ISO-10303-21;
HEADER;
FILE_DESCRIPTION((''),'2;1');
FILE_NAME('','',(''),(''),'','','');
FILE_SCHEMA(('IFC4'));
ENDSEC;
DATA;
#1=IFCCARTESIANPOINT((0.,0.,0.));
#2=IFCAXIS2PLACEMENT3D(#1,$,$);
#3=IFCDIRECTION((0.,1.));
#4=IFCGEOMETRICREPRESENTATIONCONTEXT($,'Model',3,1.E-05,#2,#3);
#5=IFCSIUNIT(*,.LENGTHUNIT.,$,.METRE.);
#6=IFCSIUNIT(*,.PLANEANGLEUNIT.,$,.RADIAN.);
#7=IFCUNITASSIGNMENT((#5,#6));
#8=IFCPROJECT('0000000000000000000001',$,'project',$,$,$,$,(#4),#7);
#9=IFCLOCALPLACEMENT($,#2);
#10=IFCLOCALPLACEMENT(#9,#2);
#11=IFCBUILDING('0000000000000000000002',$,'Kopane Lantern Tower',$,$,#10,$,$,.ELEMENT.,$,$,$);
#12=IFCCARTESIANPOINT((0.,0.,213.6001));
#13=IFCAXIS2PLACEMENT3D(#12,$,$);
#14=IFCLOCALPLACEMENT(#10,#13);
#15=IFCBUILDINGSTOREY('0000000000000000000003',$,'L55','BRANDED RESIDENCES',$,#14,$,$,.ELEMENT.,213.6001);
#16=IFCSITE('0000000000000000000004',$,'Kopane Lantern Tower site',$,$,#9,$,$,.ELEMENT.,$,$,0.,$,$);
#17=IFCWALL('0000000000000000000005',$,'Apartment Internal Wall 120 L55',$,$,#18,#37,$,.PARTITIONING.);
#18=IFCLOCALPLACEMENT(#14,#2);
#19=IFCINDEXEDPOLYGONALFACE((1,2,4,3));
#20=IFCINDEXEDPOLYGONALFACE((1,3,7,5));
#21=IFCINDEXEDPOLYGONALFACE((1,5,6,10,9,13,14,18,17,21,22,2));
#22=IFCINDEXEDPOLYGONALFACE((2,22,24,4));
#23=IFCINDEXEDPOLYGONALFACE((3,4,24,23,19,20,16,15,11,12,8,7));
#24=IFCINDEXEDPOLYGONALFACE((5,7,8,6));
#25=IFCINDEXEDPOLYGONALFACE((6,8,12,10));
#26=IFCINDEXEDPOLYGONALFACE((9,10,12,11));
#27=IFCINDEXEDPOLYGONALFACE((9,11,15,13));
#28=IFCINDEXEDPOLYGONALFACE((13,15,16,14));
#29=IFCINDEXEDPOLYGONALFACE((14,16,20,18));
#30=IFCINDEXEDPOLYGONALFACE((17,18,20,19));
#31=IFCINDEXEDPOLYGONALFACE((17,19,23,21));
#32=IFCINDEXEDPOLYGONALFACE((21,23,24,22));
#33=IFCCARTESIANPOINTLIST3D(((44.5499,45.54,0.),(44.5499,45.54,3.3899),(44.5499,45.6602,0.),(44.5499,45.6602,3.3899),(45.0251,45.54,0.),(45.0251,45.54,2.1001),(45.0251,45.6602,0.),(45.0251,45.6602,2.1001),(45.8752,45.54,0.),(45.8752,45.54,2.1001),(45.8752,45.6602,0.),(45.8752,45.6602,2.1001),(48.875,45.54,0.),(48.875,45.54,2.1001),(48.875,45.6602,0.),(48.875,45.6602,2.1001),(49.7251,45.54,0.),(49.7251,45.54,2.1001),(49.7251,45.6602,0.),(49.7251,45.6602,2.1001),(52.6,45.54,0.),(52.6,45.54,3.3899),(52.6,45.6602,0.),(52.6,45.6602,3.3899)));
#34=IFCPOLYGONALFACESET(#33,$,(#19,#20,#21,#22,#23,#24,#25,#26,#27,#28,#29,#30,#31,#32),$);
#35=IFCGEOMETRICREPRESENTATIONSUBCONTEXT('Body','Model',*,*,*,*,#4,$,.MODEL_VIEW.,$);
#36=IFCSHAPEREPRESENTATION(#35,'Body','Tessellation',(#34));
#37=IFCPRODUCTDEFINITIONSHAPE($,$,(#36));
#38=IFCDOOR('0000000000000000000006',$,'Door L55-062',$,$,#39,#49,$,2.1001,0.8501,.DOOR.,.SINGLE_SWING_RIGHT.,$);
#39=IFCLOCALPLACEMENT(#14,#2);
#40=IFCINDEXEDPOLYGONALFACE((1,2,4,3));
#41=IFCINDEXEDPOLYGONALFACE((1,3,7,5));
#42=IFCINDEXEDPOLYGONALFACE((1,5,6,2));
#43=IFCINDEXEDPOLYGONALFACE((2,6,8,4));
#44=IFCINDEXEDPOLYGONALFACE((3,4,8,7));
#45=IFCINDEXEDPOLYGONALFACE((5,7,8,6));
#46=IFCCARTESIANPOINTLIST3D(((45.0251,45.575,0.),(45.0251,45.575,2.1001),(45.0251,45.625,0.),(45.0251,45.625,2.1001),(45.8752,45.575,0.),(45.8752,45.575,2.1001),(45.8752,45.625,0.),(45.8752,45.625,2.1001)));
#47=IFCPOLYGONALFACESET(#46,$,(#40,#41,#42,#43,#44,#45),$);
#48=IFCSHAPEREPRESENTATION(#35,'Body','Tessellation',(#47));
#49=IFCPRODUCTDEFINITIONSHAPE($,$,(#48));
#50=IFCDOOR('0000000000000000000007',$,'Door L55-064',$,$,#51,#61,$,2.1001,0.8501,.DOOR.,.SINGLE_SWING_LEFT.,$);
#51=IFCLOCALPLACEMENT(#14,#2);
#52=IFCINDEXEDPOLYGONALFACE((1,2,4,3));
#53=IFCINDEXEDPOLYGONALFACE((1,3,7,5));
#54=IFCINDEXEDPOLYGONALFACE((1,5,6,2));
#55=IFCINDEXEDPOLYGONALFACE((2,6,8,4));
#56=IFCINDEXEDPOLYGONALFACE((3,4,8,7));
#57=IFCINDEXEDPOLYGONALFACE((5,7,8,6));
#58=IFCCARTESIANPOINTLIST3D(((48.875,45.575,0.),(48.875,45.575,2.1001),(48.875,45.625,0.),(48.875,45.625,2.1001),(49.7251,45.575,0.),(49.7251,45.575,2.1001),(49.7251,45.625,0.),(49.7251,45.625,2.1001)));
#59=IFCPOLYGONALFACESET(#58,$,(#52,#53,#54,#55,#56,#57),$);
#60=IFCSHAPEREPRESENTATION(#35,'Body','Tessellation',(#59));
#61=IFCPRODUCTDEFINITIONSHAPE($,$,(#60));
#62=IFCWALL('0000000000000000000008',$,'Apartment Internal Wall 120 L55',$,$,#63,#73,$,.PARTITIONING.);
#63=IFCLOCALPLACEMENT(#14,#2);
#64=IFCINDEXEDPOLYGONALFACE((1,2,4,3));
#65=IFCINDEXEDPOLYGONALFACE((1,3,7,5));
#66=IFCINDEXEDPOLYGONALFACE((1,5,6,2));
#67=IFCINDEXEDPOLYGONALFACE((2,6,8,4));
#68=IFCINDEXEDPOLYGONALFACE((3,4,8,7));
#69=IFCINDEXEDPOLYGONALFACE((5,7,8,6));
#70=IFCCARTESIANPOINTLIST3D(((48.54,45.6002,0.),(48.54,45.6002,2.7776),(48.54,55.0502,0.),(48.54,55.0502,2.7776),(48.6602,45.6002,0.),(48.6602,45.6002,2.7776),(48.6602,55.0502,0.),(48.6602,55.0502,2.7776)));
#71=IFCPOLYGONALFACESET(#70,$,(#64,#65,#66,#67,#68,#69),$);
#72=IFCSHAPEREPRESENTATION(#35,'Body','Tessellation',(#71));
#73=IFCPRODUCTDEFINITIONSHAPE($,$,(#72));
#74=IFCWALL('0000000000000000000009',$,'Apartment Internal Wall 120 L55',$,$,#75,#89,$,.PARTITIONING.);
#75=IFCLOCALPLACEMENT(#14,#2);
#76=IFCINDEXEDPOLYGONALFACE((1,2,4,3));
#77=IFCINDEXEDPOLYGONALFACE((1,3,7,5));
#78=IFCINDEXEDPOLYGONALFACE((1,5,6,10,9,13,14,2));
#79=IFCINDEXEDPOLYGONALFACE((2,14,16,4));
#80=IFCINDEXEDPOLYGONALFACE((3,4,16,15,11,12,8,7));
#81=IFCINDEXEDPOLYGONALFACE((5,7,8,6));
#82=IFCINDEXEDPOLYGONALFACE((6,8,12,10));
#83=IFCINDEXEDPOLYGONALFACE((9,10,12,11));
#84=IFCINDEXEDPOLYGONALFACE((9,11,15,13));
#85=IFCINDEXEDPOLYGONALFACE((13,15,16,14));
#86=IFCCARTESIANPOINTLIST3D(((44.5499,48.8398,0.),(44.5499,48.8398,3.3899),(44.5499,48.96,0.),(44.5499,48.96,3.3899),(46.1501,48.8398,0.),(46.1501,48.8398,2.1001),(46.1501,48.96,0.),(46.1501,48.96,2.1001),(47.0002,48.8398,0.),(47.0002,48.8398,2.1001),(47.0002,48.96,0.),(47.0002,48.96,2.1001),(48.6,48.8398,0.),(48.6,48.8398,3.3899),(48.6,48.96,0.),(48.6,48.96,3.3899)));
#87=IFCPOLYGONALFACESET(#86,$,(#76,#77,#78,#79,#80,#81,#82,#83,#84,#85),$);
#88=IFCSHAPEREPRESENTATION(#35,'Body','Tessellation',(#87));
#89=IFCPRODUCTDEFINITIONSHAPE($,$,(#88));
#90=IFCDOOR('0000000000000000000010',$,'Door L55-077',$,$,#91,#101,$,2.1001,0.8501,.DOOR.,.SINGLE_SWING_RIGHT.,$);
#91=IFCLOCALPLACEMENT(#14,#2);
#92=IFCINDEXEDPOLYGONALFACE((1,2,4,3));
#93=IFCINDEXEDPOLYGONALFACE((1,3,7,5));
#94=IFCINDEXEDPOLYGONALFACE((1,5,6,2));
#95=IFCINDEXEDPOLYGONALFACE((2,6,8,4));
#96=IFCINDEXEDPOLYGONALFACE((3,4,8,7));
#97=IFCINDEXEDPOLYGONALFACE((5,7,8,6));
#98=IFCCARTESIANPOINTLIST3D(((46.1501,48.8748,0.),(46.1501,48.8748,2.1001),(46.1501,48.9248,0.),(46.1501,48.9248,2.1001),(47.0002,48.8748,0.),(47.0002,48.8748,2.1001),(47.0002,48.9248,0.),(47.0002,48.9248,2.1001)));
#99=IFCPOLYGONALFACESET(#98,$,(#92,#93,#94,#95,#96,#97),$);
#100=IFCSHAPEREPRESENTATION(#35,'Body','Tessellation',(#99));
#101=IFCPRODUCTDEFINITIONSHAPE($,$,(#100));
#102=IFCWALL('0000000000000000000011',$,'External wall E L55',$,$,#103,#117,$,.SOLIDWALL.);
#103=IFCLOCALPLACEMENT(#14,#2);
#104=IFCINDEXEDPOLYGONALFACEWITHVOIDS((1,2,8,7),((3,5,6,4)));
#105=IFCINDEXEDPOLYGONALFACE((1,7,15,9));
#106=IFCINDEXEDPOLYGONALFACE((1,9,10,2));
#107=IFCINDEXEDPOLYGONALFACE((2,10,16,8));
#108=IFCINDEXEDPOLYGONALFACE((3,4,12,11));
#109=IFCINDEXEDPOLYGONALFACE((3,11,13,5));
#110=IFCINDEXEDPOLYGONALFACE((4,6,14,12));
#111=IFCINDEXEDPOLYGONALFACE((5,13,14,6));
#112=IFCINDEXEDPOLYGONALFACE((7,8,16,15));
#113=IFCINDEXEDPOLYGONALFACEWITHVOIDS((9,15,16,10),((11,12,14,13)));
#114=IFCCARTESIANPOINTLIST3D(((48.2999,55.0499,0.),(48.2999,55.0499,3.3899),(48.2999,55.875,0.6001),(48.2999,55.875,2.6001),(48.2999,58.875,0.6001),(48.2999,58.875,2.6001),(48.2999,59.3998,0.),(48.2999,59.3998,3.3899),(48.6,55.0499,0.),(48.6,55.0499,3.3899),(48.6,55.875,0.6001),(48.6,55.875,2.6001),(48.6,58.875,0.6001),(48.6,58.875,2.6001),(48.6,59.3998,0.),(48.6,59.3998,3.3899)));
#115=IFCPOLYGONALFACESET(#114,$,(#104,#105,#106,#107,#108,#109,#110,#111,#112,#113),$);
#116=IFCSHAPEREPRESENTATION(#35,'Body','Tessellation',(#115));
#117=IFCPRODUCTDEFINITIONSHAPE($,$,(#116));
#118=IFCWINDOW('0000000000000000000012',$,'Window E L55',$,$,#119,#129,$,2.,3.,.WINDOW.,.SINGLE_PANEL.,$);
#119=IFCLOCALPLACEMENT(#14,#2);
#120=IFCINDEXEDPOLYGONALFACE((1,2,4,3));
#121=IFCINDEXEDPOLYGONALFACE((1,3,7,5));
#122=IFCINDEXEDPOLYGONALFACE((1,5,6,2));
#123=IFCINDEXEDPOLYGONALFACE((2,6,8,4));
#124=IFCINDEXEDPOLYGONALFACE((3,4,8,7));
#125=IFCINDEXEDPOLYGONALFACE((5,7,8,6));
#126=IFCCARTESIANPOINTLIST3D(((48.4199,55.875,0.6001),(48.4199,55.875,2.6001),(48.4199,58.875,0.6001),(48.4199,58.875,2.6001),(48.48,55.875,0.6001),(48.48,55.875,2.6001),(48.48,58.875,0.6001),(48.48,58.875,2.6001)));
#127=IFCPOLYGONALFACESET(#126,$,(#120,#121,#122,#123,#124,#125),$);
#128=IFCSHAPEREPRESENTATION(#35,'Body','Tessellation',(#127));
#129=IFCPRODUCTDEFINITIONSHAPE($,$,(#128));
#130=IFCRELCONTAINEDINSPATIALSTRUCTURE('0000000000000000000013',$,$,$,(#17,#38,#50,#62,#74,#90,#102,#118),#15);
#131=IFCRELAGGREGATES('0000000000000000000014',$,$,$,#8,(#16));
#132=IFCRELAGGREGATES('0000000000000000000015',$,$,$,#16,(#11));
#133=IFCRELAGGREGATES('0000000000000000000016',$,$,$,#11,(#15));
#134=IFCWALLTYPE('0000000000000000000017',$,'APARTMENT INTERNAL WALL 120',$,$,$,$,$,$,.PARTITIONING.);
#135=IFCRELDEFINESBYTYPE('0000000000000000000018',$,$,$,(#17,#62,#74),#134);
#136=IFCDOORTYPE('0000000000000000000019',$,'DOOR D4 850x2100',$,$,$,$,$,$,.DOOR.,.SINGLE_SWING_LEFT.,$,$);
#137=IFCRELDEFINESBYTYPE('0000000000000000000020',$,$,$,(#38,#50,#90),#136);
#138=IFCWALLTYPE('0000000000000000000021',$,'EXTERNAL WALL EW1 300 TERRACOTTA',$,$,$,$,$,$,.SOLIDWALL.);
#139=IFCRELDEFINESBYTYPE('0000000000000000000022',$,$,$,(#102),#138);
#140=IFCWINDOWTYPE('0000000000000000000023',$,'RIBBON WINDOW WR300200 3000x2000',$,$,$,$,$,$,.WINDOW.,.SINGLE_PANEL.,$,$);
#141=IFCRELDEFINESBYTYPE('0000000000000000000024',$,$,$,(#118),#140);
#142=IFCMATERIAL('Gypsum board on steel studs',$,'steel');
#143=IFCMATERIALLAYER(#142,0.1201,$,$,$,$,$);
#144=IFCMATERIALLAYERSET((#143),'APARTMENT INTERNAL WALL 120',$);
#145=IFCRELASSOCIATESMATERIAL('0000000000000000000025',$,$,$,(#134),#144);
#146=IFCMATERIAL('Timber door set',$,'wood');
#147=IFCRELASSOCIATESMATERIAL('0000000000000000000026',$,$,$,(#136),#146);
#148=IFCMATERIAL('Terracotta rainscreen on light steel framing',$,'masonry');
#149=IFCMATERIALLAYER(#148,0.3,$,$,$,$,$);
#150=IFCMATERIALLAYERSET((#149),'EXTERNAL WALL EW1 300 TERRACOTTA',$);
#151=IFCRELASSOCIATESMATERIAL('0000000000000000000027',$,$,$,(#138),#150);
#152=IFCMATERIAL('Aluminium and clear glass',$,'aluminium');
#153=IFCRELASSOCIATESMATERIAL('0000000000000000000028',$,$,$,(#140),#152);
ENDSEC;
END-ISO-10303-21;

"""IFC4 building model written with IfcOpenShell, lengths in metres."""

from ifc_helpers import new_model, si_unit, direction, frame, frame_2d, origin, place, context, subcontext, project, spatial, rectangle, extrude, material, layer, layer_set, type_object, element, fill, save


model = new_model("IFC4")

# Units and contexts
model_context = context("Model", 3, precision=1e-05, world=origin(), true_north=direction((0.0, 1.0)))
body_context = subcontext(model_context, "Body", "Model", "MODEL_VIEW")
ifc_project = project(units=[si_unit("LENGTHUNIT", "METRE"), si_unit("PLANEANGLEUNIT", "RADIAN")], contexts=[model_context])

# Site, building, storey
site_placement = place(None, origin())
site = spatial("IfcSite", under=ifc_project, at=site_placement, Name="Kopane Lantern Tower site", CompositionType="ELEMENT", RefElevation=0.0)
building_placement = place(site_placement, origin())
building = spatial("IfcBuilding", under=site, at=building_placement, Name="Kopane Lantern Tower", CompositionType="ELEMENT")
storey_placement = place(building_placement, frame((0.0, 0.0, 213.6001)))
storey = spatial("IfcBuildingStorey", under=building, at=storey_placement, Name="L55", Description="BRANDED RESIDENCES", CompositionType="ELEMENT", Elevation=213.6001)

# Wall, openings, doors
ifc_material_1 = material(Name="Gypsum board on steel studs", Category="steel")
ifc_layer_1 = layer(ifc_material_1, 0.1201)
ifc_layer_set_1 = layer_set([ifc_layer_1], Name="APARTMENT INTERNAL WALL 120")
wall_type_1 = type_object("IfcWallType", Name="APARTMENT INTERNAL WALL 120", PredefinedType="PARTITIONING", material=ifc_layer_set_1)
wall_1_placement = place(storey_placement, frame((44.55, 45.6001, 0.0), z_axis=(0.0, 0.0, 1.0), x_axis=(1.0, 0.0, 0.0)))
wall_1 = element("IfcWall", 1, at=wall_1_placement, inside=storey, type_object=wall_type_1, Name="Apartment Internal Wall 120 L55", PredefinedType="PARTITIONING", context=body_context, shape_type="SweptSolid", body=[
    extrude(rectangle(XDim=8.05, YDim=0.1201, at=frame_2d((4.0249, 0.0))), origin(), (0.0, 0.0, 1.0), 3.3899),
])
opening_1_placement = place(wall_1_placement, frame((0.4751, 0.0, 0.0)))
opening_1 = element("IfcOpeningElement", 2, at=opening_1_placement, cuts=wall_1, PredefinedType="OPENING", context=body_context, shape_type="SweptSolid", body=[
    extrude(rectangle(XDim=0.8501, YDim=2.1001, at=frame_2d((0.425, 1.05))), frame((0.0, 0.0701, 0.0), z_axis=(0.0, -1.0, 0.0), x_axis=(1.0, 0.0, 0.0)), (0.0, 0.0, 1.0), 0.1401),
])
opening_2_placement = place(wall_1_placement, frame((4.325, 0.0, 0.0)))
opening_2 = element("IfcOpeningElement", 3, at=opening_2_placement, cuts=wall_1, PredefinedType="OPENING", context=body_context, shape_type="SweptSolid", body=[
    extrude(rectangle(XDim=0.8501, YDim=2.1001, at=frame_2d((0.425, 1.05))), frame((0.0, 0.0701, 0.0), z_axis=(0.0, -1.0, 0.0), x_axis=(1.0, 0.0, 0.0)), (0.0, 0.0, 1.0), 0.1401),
])
ifc_material_2 = material(Name="Timber door set", Category="wood")
door_type = type_object("IfcDoorType", Name="DOOR D4 850x2100", OperationType="SINGLE_SWING_LEFT", PredefinedType="DOOR", material=ifc_material_2)
door_1_placement = place(opening_1_placement, origin())
door_1 = element("IfcDoor", 4, at=door_1_placement, inside=storey, type_object=door_type, Name="Door L55-062", OperationType="SINGLE_SWING_RIGHT", OverallHeight=2.1001, OverallWidth=0.8501, PredefinedType="DOOR", context=body_context, shape_type="SweptSolid", body=[
    extrude(rectangle(XDim=0.8501, YDim=2.1001, at=frame_2d((0.425, 1.05))), frame((0.0, 0.0249, 0.0), z_axis=(0.0, -1.0, 0.0), x_axis=(1.0, 0.0, 0.0)), (0.0, 0.0, 1.0), 0.05),
])
fill(opening_1, door_1)
door_2_placement = place(opening_2_placement, origin())
door_2 = element("IfcDoor", 5, at=door_2_placement, inside=storey, type_object=door_type, Name="Door L55-064", OperationType="SINGLE_SWING_LEFT", OverallHeight=2.1001, OverallWidth=0.8501, PredefinedType="DOOR", context=body_context, shape_type="SweptSolid", body=[
    extrude(rectangle(XDim=0.8501, YDim=2.1001, at=frame_2d((0.425, 1.05))), frame((0.0, 0.0249, 0.0), z_axis=(0.0, -1.0, 0.0), x_axis=(1.0, 0.0, 0.0)), (0.0, 0.0, 1.0), 0.05),
])
fill(opening_2, door_2)

# Wall
wall_2_placement = place(storey_placement, frame((48.6001, 45.6001, 0.0), z_axis=(0.0, 0.0, 1.0), x_axis=(0.0, 1.0, 0.0)))
element("IfcWall", 6, at=wall_2_placement, inside=storey, type_object=wall_type_1, Name="Apartment Internal Wall 120 L55", PredefinedType="PARTITIONING", context=body_context, shape_type="SweptSolid", body=[
    extrude(rectangle(XDim=9.45, YDim=0.1201, at=frame_2d((4.7251, 0.0))), origin(), (0.0, 0.0, 1.0), 2.7776),
])

# Wall, opening, door
wall_3_placement = place(storey_placement, frame((44.55, 48.8999, 0.0), z_axis=(0.0, 0.0, 1.0), x_axis=(1.0, 0.0, 0.0)))
wall_3 = element("IfcWall", 7, at=wall_3_placement, inside=storey, type_object=wall_type_1, Name="Apartment Internal Wall 120 L55", PredefinedType="PARTITIONING", context=body_context, shape_type="SweptSolid", body=[
    extrude(rectangle(XDim=4.05, YDim=0.1201, at=frame_2d((2.0249, 0.0))), origin(), (0.0, 0.0, 1.0), 3.3899),
])
opening_3_placement = place(wall_3_placement, frame((1.6001, 0.0, 0.0)))
opening_3 = element("IfcOpeningElement", 8, at=opening_3_placement, cuts=wall_3, PredefinedType="OPENING", context=body_context, shape_type="SweptSolid", body=[
    extrude(rectangle(XDim=0.8501, YDim=2.1001, at=frame_2d((0.425, 1.05))), frame((0.0, 0.0701, 0.0), z_axis=(0.0, -1.0, 0.0), x_axis=(1.0, 0.0, 0.0)), (0.0, 0.0, 1.0), 0.1401),
])
door_3_placement = place(opening_3_placement, origin())
door_3 = element("IfcDoor", 9, at=door_3_placement, inside=storey, type_object=door_type, Name="Door L55-077", OperationType="SINGLE_SWING_RIGHT", OverallHeight=2.1001, OverallWidth=0.8501, PredefinedType="DOOR", context=body_context, shape_type="SweptSolid", body=[
    extrude(rectangle(XDim=0.8501, YDim=2.1001, at=frame_2d((0.425, 1.05))), frame((0.0, 0.0249, 0.0), z_axis=(0.0, -1.0, 0.0), x_axis=(1.0, 0.0, 0.0)), (0.0, 0.0, 1.0), 0.05),
])
fill(opening_3, door_3)

# Wall, opening, window
ifc_material_3 = material(Name="Terracotta rainscreen on light steel framing", Category="masonry")
ifc_layer_2 = layer(ifc_material_3, 0.3)
ifc_layer_set_2 = layer_set([ifc_layer_2], Name="EXTERNAL WALL EW1 300 TERRACOTTA")
wall_type_2 = type_object("IfcWallType", Name="EXTERNAL WALL EW1 300 TERRACOTTA", PredefinedType="SOLIDWALL", material=ifc_layer_set_2)
wall_4_placement = place(storey_placement, frame((48.45, 55.05, 0.0), z_axis=(0.0, 0.0, 1.0), x_axis=(0.0, 1.0, 0.0)))
wall_4 = element("IfcWall", 10, at=wall_4_placement, inside=storey, type_object=wall_type_2, Name="External wall E L55", PredefinedType="SOLIDWALL", context=body_context, shape_type="SweptSolid", body=[
    extrude(rectangle(XDim=4.3499, YDim=0.3, at=frame_2d((2.1748, 0.0))), origin(), (0.0, 0.0, 1.0), 3.3899),
])
opening_4_placement = place(wall_4_placement, frame((0.825, 0.0, 0.6001)))
opening_4 = element("IfcOpeningElement", 11, at=opening_4_placement, cuts=wall_4, PredefinedType="OPENING", context=body_context, shape_type="SweptSolid", body=[
    extrude(rectangle(XDim=3.0, YDim=2.0, at=frame_2d((1.5, 1.0))), frame((0.0, 0.1599, 0.0), z_axis=(0.0, -1.0, 0.0), x_axis=(1.0, 0.0, 0.0)), (0.0, 0.0, 1.0), 0.3201),
])
ifc_material_4 = material(Name="Aluminium and clear glass", Category="aluminium")
window_type_1 = type_object("IfcWindowType", Name="RIBBON WINDOW WR300200 3000x2000", PartitioningType="SINGLE_PANEL", PredefinedType="WINDOW", material=ifc_material_4)
window_1_placement = place(opening_4_placement, origin())
window_1 = element("IfcWindow", 12, at=window_1_placement, inside=storey, type_object=window_type_1, Name="Window E L55", OverallHeight=2.0, OverallWidth=3.0, PartitioningType="SINGLE_PANEL", PredefinedType="WINDOW", context=body_context, shape_type="SweptSolid", body=[
    extrude(rectangle(XDim=3.0, YDim=2.0, at=frame_2d((1.5, 1.0))), frame((0.0, 0.03, 0.0), z_axis=(0.0, -1.0, 0.0), x_axis=(1.0, 0.0, 0.0)), (0.0, 0.0, 1.0), 0.0601),
])
fill(opening_4, window_1)

save(model, "model.ifc")
